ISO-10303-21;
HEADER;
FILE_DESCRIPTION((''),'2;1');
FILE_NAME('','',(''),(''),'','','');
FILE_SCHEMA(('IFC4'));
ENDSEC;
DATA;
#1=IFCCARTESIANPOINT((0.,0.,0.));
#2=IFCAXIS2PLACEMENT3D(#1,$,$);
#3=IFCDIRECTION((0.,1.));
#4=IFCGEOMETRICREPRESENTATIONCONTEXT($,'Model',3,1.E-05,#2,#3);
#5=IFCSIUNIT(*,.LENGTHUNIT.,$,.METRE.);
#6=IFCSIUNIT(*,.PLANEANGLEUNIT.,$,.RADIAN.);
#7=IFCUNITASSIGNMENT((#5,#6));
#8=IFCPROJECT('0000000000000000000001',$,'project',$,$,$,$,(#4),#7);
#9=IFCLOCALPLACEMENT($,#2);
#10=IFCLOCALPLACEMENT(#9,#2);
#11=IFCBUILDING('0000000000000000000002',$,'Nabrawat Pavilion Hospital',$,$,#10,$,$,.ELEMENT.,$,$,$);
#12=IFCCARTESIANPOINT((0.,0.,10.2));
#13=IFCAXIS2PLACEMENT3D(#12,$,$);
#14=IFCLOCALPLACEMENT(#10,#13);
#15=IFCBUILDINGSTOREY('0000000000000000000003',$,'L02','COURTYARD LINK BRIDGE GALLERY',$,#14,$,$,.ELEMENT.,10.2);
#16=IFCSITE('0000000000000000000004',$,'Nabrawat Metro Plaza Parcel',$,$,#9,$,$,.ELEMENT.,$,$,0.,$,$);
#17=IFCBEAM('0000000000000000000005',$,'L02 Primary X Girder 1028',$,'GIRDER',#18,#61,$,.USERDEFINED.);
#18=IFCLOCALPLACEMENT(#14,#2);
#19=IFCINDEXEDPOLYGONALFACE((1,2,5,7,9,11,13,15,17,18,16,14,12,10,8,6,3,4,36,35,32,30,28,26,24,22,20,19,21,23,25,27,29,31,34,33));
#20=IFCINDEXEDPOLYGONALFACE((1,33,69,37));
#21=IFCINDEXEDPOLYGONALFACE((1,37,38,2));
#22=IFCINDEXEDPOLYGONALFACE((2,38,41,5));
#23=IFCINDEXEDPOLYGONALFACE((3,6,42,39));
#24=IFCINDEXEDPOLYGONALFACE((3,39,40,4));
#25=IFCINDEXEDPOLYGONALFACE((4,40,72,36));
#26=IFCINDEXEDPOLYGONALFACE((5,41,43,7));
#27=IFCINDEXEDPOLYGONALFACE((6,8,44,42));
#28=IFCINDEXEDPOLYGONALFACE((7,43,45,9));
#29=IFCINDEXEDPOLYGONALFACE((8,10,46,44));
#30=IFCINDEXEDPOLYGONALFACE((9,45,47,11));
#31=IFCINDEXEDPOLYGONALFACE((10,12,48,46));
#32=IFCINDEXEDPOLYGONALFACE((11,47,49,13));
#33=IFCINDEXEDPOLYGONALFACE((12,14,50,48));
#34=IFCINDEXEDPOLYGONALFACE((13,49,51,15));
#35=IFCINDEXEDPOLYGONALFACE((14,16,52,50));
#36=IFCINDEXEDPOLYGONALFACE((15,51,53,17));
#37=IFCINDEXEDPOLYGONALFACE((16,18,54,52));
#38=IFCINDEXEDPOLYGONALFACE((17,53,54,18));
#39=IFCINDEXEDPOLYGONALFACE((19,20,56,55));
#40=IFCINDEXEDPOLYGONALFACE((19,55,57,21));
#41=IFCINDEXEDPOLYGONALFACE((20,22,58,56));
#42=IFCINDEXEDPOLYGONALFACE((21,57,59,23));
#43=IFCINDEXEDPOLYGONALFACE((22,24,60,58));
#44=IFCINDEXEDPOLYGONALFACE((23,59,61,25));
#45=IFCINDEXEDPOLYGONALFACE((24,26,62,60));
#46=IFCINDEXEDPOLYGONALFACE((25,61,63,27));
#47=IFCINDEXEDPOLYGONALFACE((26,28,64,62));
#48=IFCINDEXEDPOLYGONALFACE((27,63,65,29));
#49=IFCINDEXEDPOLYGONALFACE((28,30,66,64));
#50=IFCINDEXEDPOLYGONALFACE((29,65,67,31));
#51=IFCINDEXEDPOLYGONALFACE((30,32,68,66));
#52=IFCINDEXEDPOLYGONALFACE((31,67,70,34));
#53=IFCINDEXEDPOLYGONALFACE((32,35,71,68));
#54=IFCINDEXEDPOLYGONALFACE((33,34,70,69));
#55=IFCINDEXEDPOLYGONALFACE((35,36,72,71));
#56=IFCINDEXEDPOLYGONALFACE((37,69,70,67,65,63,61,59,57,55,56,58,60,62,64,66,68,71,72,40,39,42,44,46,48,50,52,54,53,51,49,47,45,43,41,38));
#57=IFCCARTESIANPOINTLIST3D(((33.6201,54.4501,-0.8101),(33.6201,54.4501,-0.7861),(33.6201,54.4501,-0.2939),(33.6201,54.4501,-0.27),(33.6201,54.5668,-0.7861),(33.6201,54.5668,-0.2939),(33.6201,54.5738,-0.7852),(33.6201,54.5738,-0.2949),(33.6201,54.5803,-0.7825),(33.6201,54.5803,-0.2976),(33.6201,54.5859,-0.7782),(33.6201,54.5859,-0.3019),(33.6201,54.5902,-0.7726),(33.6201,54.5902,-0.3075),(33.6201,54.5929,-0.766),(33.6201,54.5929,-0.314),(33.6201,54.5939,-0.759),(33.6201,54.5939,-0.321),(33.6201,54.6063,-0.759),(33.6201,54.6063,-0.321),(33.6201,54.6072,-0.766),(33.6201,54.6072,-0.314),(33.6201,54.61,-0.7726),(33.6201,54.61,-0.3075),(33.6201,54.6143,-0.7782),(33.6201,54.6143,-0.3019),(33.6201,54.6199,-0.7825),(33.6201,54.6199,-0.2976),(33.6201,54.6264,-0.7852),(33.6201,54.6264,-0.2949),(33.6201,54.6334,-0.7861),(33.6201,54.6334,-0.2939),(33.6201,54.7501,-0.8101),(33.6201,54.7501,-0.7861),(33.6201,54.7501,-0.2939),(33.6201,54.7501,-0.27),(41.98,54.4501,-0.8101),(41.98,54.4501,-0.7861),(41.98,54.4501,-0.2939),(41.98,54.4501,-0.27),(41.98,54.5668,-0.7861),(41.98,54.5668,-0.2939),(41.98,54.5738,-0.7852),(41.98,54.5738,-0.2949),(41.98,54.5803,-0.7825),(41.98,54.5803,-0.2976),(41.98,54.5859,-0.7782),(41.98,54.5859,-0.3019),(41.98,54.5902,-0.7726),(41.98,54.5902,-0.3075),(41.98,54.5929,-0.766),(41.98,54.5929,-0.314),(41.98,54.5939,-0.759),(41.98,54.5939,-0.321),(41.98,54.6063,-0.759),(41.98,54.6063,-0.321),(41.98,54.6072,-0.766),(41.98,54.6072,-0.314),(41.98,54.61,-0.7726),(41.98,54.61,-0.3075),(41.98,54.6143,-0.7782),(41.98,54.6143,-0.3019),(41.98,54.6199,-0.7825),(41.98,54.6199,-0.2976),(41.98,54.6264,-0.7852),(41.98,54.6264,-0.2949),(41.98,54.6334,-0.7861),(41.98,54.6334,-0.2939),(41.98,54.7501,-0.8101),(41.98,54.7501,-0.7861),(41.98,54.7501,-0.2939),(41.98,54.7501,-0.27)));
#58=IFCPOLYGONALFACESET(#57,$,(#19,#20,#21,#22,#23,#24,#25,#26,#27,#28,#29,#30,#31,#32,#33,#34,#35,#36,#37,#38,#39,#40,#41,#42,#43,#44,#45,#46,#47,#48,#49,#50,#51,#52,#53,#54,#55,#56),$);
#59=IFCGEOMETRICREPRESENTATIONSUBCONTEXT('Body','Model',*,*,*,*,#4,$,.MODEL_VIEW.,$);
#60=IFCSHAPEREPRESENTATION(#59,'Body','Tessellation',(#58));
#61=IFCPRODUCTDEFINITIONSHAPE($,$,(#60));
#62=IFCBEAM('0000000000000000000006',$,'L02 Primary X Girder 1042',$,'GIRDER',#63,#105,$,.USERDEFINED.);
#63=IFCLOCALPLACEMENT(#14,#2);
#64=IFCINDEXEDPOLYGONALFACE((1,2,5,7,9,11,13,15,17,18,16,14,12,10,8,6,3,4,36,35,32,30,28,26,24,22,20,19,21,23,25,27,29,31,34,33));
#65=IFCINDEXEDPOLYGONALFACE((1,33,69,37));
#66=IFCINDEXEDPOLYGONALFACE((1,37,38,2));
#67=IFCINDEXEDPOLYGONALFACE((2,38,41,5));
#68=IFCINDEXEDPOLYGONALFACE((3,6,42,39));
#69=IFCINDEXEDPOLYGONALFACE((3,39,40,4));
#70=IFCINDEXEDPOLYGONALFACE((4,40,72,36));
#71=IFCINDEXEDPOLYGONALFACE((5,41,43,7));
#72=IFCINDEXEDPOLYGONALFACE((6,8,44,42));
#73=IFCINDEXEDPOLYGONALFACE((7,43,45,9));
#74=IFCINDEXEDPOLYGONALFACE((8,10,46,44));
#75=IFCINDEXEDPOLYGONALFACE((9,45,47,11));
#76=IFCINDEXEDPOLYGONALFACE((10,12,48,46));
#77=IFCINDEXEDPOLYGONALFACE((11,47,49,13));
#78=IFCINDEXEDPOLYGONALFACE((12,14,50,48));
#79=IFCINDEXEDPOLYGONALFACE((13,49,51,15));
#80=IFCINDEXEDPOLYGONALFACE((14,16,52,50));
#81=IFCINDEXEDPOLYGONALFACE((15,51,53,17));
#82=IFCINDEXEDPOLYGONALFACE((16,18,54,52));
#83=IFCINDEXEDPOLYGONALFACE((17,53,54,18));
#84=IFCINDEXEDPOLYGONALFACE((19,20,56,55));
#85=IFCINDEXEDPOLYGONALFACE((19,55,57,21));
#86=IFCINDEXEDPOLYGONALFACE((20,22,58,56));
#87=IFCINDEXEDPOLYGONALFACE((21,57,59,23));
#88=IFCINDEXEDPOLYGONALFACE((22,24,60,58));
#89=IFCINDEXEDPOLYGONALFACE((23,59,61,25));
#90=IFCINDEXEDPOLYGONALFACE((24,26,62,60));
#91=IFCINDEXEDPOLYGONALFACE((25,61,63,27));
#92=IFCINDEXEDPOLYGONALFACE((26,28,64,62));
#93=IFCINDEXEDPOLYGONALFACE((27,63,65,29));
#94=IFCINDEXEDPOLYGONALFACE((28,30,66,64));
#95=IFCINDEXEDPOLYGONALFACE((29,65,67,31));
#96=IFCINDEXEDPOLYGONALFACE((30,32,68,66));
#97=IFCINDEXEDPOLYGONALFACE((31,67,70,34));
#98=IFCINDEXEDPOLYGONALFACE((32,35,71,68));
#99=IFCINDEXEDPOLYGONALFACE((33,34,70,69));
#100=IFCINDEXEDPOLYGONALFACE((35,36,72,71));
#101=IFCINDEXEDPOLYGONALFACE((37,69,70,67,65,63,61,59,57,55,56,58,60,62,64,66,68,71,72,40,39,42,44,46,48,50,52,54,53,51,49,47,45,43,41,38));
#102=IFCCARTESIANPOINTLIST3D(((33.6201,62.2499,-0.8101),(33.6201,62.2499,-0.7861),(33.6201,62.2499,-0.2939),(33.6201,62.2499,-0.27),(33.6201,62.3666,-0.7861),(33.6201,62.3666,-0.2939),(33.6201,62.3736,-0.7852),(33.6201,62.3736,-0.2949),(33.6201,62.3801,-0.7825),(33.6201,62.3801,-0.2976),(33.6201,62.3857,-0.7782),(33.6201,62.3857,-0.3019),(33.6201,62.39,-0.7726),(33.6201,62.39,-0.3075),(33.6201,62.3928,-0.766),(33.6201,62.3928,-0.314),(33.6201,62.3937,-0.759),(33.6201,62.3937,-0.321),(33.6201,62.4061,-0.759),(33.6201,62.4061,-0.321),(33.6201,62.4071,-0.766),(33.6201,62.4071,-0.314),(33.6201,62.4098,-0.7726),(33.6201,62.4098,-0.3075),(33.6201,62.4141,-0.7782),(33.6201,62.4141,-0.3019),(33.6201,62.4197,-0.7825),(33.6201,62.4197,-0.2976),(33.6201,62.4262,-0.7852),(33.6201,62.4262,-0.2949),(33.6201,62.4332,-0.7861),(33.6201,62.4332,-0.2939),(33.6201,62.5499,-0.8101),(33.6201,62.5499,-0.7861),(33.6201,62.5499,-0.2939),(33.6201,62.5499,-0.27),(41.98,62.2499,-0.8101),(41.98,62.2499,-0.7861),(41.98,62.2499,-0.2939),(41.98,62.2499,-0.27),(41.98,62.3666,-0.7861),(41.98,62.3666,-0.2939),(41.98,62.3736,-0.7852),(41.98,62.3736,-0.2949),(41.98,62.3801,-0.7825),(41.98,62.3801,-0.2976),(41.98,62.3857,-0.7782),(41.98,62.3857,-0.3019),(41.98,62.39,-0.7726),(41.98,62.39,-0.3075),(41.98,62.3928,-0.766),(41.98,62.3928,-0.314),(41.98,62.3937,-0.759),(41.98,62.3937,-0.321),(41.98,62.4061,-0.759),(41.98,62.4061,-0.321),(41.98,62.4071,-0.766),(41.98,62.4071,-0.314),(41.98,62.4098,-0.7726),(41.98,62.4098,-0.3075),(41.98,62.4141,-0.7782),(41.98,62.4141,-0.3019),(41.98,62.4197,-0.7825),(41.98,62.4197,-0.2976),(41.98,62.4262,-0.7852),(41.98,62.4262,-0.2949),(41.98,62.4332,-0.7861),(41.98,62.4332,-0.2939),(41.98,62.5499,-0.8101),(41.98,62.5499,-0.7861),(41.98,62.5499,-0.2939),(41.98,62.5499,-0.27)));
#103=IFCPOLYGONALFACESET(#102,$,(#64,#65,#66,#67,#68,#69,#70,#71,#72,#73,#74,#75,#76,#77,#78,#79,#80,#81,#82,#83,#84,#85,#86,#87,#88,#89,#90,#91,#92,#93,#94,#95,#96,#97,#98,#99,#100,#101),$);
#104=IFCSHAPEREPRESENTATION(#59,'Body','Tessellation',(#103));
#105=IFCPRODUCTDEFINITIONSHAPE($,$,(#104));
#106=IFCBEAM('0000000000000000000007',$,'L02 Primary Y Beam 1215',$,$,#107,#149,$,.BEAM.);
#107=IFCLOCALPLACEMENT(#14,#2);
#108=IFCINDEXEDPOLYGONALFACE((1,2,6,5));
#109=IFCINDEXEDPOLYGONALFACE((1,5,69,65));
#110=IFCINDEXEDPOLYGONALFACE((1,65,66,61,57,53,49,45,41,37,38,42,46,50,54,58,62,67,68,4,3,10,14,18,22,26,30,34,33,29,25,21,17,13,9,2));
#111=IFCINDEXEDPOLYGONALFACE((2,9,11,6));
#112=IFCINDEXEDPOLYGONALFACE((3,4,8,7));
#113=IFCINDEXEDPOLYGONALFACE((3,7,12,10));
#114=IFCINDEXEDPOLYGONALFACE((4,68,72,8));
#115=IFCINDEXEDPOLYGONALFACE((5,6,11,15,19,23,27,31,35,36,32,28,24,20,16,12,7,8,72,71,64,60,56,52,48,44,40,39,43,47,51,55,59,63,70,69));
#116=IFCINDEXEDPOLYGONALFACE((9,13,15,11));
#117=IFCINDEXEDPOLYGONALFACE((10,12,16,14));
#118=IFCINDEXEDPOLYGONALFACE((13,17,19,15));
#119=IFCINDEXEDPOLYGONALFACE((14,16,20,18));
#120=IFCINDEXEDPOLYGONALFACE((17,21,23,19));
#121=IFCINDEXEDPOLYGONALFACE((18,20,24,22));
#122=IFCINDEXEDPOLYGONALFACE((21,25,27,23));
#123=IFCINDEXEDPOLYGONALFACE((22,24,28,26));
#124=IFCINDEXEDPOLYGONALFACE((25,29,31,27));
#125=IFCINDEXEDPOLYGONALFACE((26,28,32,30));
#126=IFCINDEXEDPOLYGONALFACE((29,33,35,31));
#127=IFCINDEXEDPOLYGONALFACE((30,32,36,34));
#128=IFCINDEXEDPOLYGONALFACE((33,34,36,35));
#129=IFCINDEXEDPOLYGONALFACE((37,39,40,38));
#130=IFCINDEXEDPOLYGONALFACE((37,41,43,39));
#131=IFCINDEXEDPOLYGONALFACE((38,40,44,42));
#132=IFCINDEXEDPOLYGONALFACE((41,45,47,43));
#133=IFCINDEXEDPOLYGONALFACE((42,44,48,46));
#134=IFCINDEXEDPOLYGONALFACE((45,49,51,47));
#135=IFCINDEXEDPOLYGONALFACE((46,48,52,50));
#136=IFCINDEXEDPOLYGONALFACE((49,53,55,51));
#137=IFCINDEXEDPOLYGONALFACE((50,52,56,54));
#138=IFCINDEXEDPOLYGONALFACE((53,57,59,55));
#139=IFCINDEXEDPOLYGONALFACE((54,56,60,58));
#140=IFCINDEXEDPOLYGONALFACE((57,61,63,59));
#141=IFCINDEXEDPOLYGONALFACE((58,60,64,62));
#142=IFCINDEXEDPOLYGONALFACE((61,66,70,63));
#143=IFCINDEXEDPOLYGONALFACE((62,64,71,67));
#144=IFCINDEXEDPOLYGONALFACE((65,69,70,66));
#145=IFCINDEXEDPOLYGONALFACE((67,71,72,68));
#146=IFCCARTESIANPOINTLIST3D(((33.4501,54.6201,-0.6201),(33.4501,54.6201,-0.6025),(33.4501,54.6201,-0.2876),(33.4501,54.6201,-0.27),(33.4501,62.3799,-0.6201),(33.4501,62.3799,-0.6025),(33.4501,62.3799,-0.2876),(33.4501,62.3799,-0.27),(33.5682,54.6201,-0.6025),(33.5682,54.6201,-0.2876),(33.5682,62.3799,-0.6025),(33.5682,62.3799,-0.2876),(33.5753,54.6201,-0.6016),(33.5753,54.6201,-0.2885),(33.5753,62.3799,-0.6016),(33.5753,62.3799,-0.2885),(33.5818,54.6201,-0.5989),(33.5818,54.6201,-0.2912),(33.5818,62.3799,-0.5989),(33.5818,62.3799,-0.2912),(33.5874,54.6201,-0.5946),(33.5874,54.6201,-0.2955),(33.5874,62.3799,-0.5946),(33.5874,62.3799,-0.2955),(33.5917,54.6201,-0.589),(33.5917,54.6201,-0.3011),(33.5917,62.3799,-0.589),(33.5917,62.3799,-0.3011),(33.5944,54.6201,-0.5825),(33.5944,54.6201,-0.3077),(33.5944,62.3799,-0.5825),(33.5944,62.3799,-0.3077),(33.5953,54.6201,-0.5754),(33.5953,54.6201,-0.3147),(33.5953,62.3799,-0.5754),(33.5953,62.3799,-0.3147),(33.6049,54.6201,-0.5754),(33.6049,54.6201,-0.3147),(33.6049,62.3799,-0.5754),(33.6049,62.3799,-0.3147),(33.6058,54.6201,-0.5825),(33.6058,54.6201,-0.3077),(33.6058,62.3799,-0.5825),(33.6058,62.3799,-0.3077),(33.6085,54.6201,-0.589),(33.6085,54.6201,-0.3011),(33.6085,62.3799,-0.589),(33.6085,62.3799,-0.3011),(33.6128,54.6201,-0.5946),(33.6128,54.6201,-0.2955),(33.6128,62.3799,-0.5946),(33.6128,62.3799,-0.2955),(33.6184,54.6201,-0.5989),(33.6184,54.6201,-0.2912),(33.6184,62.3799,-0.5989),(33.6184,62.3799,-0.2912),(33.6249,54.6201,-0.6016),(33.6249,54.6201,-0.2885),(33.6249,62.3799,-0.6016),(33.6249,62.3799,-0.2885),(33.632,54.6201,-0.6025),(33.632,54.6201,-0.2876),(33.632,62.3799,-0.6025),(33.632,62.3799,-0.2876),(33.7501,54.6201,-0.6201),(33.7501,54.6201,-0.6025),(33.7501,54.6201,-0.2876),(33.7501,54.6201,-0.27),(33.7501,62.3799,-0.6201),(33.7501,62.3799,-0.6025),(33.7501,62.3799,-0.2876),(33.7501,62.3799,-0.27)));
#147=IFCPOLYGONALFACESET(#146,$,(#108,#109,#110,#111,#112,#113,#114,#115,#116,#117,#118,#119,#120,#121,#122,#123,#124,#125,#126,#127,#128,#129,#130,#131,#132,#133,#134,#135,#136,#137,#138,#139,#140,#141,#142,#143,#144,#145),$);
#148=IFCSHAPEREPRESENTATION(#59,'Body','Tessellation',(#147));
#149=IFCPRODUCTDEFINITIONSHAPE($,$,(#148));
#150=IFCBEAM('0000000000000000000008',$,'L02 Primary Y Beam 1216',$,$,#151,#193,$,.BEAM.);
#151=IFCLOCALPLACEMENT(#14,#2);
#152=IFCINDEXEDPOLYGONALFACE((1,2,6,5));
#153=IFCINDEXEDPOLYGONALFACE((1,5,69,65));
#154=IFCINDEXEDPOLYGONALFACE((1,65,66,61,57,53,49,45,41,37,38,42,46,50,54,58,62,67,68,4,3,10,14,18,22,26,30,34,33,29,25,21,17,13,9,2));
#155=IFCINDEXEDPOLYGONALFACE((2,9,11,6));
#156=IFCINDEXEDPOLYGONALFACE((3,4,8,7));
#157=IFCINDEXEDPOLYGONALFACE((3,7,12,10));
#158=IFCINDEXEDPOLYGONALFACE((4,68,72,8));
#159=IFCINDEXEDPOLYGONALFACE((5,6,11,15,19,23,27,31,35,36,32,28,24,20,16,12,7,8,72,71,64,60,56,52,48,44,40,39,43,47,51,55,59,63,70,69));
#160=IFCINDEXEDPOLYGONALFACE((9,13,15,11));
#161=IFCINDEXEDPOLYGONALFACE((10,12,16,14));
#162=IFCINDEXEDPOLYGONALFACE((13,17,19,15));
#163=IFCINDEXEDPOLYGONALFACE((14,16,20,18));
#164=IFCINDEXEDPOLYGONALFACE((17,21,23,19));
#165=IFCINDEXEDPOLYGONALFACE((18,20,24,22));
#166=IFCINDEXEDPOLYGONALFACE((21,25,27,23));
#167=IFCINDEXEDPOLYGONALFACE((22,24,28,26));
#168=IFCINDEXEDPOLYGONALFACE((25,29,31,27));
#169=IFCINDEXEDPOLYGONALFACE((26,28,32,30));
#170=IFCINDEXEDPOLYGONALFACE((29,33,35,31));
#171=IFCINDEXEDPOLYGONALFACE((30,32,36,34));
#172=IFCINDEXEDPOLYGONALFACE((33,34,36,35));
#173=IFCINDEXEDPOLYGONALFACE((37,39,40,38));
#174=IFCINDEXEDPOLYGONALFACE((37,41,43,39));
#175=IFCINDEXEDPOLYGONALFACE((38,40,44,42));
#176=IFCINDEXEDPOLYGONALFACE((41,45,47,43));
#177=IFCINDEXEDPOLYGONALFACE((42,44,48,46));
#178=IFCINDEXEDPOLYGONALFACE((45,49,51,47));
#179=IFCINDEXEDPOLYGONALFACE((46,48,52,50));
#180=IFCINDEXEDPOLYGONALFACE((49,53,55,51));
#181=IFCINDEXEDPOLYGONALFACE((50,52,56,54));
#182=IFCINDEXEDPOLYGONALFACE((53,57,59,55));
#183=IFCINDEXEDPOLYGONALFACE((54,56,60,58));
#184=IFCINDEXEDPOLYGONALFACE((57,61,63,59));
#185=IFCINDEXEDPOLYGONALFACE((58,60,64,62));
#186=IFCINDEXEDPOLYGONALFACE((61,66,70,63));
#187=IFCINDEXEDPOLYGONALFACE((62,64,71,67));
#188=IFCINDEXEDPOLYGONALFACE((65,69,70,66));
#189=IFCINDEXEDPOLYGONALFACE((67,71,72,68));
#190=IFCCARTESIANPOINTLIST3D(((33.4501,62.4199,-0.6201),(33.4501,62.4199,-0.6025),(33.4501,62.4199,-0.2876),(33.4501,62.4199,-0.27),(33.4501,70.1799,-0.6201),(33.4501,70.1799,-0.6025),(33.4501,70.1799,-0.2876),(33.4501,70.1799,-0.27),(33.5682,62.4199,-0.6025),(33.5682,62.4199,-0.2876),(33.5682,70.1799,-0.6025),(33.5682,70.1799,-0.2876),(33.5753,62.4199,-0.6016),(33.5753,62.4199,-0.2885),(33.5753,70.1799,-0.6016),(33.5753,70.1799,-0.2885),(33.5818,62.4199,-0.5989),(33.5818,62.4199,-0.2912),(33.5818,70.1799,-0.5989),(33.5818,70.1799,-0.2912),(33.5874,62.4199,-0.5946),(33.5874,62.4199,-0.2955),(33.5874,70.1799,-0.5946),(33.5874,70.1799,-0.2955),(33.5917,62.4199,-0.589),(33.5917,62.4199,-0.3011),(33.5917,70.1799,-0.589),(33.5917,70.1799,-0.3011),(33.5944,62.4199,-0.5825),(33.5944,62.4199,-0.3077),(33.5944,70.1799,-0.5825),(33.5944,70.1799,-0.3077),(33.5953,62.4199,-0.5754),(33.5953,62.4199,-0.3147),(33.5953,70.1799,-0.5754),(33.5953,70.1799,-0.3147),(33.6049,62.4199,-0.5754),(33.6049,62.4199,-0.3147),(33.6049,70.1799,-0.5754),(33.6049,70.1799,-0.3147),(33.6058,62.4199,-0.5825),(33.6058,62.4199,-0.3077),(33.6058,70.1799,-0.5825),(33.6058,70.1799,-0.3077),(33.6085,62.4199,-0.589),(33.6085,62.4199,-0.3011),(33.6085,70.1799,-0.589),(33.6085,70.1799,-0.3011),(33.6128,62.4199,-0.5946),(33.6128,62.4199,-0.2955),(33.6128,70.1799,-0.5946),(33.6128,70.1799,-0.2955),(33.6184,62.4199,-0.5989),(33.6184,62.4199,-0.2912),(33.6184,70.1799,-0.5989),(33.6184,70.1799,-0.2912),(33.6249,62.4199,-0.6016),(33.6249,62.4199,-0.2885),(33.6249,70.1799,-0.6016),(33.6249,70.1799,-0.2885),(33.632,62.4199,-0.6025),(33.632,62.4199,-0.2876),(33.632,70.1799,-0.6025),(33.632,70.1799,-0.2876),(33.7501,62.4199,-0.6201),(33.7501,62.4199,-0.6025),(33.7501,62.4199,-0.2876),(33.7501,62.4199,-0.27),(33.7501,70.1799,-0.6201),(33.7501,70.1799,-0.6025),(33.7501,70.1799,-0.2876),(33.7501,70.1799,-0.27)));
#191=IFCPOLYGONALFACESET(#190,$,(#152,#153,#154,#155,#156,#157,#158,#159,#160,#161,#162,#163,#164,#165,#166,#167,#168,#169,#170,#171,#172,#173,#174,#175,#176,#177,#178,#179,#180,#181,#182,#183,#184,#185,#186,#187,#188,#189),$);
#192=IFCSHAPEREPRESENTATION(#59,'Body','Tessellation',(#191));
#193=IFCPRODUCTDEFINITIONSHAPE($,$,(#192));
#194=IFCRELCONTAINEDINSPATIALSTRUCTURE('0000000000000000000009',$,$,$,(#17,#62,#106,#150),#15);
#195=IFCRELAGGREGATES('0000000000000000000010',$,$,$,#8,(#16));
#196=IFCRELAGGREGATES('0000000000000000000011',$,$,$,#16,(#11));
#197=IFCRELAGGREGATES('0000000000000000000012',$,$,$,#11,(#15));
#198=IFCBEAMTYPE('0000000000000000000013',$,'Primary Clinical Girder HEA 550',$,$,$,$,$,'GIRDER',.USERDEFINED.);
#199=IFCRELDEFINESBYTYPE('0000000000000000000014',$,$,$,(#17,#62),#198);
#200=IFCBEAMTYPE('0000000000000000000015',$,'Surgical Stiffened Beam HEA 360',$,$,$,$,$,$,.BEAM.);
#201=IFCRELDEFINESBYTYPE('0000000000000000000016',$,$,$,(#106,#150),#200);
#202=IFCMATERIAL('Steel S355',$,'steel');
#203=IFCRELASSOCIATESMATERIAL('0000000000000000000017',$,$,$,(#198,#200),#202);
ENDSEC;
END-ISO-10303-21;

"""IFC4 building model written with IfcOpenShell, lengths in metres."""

from ifc_helpers import new_model, si_unit, direction, frame, origin, origin_2d, place, context, subcontext, project, spatial, i_section, extrude, material, material_profile, profile_set, type_object, element, save


model = new_model("IFC4")

# Units and contexts
model_context = context("Model", 3, precision=1e-05, world=origin(), true_north=direction((0.0, 1.0)))
body_context = subcontext(model_context, "Body", "Model", "MODEL_VIEW")
ifc_project = project(units=[si_unit("LENGTHUNIT", "METRE"), si_unit("PLANEANGLEUNIT", "RADIAN")], contexts=[model_context])

# Site, building, storey
site_placement = place(None, origin())
site = spatial("IfcSite", under=ifc_project, at=site_placement, Name="Nabrawat Metro Plaza Parcel", CompositionType="ELEMENT", RefElevation=0.0)
building_placement = place(site_placement, origin())
building = spatial("IfcBuilding", under=site, at=building_placement, Name="Nabrawat Pavilion Hospital", CompositionType="ELEMENT")
storey_placement = place(building_placement, frame((0.0, 0.0, 10.2)))
storey = spatial("IfcBuildingStorey", under=building, at=storey_placement, Name="L02", Description="COURTYARD LINK BRIDGE GALLERY", CompositionType="ELEMENT", Elevation=10.2)

# Shared definitions
ifc_material_1 = material(Name="Steel S355", Category="steel")

# Beams
ifc_material_profile_1 = material_profile(ifc_material_1, i_section(OverallWidth=0.3, OverallDepth=0.54, WebThickness=0.0125, FlangeThickness=0.0239, FilletRadius=0.0271, at=origin_2d()), Name="HEA 550")
ifc_profile_set_1 = profile_set([ifc_material_profile_1], Name="Steel S355")
beam_type_1 = type_object("IfcBeamType", Name="Primary Clinical Girder HEA 550", ElementType="GIRDER", PredefinedType="USERDEFINED", material=ifc_profile_set_1)
for number, where, z_axis, x_axis, name in (
    (1, (33.6201, 54.6001, -0.54), (1.0, 0.0, 0.0), (0.0, 1.0, 0.0), "L02 Primary X Girder 1028"),
    (2, (33.6201, 62.3999, -0.54), (1.0, 0.0, 0.0), (0.0, 1.0, 0.0), "L02 Primary X Girder 1042"),
):
    element("IfcBeam", number, at=place(storey_placement, frame(where, z_axis=z_axis, x_axis=x_axis)), inside=storey, type_object=beam_type_1, Name=name, ObjectType="GIRDER", PredefinedType="USERDEFINED", context=body_context, shape_type="SweptSolid", body=[
        extrude(i_section(OverallWidth=0.3, OverallDepth=0.54, WebThickness=0.0125, FlangeThickness=0.0239, FilletRadius=0.0271, at=origin_2d()), origin(), (0.0, 0.0, 1.0), 8.3599),
    ])
ifc_material_profile_2 = material_profile(ifc_material_1, i_section(OverallWidth=0.3, OverallDepth=0.3501, WebThickness=0.0095, FlangeThickness=0.0176, FilletRadius=0.0271, at=origin_2d()), Name="HEA 360")
ifc_profile_set_2 = profile_set([ifc_material_profile_2], Name="Steel S355")
beam_type_2 = type_object("IfcBeamType", Name="Surgical Stiffened Beam HEA 360", PredefinedType="BEAM", material=ifc_profile_set_2)
beam_1_placement = place(storey_placement, frame((33.6001, 54.6201, -0.4451), z_axis=(0.0, 1.0, 0.0), x_axis=(-1.0, 0.0, 0.0)))
element("IfcBeam", 3, at=beam_1_placement, inside=storey, type_object=beam_type_2, Name="L02 Primary Y Beam 1215", PredefinedType="BEAM", context=body_context, shape_type="SweptSolid", body=[
    extrude(i_section(OverallWidth=0.3, OverallDepth=0.3501, WebThickness=0.0095, FlangeThickness=0.0176, FilletRadius=0.0271, at=origin_2d()), origin(), (0.0, 0.0, 1.0), 7.7598),
])
for number, where, z_axis, x_axis, name in (
    (4, (33.6001, 62.4199, -0.4451), (0.0, 1.0, 0.0), (-1.0, 0.0, 0.0), "L02 Primary Y Beam 1216"),
):
    element("IfcBeam", number, at=place(storey_placement, frame(where, z_axis=z_axis, x_axis=x_axis)), inside=storey, type_object=beam_type_2, Name=name, PredefinedType="BEAM", context=body_context, shape_type="SweptSolid", body=[
        extrude(i_section(OverallWidth=0.3, OverallDepth=0.3501, WebThickness=0.0095, FlangeThickness=0.0176, FilletRadius=0.0271, at=origin_2d()), origin(), (0.0, 0.0, 1.0), 7.76),
    ])

save(model, "model.ifc")
